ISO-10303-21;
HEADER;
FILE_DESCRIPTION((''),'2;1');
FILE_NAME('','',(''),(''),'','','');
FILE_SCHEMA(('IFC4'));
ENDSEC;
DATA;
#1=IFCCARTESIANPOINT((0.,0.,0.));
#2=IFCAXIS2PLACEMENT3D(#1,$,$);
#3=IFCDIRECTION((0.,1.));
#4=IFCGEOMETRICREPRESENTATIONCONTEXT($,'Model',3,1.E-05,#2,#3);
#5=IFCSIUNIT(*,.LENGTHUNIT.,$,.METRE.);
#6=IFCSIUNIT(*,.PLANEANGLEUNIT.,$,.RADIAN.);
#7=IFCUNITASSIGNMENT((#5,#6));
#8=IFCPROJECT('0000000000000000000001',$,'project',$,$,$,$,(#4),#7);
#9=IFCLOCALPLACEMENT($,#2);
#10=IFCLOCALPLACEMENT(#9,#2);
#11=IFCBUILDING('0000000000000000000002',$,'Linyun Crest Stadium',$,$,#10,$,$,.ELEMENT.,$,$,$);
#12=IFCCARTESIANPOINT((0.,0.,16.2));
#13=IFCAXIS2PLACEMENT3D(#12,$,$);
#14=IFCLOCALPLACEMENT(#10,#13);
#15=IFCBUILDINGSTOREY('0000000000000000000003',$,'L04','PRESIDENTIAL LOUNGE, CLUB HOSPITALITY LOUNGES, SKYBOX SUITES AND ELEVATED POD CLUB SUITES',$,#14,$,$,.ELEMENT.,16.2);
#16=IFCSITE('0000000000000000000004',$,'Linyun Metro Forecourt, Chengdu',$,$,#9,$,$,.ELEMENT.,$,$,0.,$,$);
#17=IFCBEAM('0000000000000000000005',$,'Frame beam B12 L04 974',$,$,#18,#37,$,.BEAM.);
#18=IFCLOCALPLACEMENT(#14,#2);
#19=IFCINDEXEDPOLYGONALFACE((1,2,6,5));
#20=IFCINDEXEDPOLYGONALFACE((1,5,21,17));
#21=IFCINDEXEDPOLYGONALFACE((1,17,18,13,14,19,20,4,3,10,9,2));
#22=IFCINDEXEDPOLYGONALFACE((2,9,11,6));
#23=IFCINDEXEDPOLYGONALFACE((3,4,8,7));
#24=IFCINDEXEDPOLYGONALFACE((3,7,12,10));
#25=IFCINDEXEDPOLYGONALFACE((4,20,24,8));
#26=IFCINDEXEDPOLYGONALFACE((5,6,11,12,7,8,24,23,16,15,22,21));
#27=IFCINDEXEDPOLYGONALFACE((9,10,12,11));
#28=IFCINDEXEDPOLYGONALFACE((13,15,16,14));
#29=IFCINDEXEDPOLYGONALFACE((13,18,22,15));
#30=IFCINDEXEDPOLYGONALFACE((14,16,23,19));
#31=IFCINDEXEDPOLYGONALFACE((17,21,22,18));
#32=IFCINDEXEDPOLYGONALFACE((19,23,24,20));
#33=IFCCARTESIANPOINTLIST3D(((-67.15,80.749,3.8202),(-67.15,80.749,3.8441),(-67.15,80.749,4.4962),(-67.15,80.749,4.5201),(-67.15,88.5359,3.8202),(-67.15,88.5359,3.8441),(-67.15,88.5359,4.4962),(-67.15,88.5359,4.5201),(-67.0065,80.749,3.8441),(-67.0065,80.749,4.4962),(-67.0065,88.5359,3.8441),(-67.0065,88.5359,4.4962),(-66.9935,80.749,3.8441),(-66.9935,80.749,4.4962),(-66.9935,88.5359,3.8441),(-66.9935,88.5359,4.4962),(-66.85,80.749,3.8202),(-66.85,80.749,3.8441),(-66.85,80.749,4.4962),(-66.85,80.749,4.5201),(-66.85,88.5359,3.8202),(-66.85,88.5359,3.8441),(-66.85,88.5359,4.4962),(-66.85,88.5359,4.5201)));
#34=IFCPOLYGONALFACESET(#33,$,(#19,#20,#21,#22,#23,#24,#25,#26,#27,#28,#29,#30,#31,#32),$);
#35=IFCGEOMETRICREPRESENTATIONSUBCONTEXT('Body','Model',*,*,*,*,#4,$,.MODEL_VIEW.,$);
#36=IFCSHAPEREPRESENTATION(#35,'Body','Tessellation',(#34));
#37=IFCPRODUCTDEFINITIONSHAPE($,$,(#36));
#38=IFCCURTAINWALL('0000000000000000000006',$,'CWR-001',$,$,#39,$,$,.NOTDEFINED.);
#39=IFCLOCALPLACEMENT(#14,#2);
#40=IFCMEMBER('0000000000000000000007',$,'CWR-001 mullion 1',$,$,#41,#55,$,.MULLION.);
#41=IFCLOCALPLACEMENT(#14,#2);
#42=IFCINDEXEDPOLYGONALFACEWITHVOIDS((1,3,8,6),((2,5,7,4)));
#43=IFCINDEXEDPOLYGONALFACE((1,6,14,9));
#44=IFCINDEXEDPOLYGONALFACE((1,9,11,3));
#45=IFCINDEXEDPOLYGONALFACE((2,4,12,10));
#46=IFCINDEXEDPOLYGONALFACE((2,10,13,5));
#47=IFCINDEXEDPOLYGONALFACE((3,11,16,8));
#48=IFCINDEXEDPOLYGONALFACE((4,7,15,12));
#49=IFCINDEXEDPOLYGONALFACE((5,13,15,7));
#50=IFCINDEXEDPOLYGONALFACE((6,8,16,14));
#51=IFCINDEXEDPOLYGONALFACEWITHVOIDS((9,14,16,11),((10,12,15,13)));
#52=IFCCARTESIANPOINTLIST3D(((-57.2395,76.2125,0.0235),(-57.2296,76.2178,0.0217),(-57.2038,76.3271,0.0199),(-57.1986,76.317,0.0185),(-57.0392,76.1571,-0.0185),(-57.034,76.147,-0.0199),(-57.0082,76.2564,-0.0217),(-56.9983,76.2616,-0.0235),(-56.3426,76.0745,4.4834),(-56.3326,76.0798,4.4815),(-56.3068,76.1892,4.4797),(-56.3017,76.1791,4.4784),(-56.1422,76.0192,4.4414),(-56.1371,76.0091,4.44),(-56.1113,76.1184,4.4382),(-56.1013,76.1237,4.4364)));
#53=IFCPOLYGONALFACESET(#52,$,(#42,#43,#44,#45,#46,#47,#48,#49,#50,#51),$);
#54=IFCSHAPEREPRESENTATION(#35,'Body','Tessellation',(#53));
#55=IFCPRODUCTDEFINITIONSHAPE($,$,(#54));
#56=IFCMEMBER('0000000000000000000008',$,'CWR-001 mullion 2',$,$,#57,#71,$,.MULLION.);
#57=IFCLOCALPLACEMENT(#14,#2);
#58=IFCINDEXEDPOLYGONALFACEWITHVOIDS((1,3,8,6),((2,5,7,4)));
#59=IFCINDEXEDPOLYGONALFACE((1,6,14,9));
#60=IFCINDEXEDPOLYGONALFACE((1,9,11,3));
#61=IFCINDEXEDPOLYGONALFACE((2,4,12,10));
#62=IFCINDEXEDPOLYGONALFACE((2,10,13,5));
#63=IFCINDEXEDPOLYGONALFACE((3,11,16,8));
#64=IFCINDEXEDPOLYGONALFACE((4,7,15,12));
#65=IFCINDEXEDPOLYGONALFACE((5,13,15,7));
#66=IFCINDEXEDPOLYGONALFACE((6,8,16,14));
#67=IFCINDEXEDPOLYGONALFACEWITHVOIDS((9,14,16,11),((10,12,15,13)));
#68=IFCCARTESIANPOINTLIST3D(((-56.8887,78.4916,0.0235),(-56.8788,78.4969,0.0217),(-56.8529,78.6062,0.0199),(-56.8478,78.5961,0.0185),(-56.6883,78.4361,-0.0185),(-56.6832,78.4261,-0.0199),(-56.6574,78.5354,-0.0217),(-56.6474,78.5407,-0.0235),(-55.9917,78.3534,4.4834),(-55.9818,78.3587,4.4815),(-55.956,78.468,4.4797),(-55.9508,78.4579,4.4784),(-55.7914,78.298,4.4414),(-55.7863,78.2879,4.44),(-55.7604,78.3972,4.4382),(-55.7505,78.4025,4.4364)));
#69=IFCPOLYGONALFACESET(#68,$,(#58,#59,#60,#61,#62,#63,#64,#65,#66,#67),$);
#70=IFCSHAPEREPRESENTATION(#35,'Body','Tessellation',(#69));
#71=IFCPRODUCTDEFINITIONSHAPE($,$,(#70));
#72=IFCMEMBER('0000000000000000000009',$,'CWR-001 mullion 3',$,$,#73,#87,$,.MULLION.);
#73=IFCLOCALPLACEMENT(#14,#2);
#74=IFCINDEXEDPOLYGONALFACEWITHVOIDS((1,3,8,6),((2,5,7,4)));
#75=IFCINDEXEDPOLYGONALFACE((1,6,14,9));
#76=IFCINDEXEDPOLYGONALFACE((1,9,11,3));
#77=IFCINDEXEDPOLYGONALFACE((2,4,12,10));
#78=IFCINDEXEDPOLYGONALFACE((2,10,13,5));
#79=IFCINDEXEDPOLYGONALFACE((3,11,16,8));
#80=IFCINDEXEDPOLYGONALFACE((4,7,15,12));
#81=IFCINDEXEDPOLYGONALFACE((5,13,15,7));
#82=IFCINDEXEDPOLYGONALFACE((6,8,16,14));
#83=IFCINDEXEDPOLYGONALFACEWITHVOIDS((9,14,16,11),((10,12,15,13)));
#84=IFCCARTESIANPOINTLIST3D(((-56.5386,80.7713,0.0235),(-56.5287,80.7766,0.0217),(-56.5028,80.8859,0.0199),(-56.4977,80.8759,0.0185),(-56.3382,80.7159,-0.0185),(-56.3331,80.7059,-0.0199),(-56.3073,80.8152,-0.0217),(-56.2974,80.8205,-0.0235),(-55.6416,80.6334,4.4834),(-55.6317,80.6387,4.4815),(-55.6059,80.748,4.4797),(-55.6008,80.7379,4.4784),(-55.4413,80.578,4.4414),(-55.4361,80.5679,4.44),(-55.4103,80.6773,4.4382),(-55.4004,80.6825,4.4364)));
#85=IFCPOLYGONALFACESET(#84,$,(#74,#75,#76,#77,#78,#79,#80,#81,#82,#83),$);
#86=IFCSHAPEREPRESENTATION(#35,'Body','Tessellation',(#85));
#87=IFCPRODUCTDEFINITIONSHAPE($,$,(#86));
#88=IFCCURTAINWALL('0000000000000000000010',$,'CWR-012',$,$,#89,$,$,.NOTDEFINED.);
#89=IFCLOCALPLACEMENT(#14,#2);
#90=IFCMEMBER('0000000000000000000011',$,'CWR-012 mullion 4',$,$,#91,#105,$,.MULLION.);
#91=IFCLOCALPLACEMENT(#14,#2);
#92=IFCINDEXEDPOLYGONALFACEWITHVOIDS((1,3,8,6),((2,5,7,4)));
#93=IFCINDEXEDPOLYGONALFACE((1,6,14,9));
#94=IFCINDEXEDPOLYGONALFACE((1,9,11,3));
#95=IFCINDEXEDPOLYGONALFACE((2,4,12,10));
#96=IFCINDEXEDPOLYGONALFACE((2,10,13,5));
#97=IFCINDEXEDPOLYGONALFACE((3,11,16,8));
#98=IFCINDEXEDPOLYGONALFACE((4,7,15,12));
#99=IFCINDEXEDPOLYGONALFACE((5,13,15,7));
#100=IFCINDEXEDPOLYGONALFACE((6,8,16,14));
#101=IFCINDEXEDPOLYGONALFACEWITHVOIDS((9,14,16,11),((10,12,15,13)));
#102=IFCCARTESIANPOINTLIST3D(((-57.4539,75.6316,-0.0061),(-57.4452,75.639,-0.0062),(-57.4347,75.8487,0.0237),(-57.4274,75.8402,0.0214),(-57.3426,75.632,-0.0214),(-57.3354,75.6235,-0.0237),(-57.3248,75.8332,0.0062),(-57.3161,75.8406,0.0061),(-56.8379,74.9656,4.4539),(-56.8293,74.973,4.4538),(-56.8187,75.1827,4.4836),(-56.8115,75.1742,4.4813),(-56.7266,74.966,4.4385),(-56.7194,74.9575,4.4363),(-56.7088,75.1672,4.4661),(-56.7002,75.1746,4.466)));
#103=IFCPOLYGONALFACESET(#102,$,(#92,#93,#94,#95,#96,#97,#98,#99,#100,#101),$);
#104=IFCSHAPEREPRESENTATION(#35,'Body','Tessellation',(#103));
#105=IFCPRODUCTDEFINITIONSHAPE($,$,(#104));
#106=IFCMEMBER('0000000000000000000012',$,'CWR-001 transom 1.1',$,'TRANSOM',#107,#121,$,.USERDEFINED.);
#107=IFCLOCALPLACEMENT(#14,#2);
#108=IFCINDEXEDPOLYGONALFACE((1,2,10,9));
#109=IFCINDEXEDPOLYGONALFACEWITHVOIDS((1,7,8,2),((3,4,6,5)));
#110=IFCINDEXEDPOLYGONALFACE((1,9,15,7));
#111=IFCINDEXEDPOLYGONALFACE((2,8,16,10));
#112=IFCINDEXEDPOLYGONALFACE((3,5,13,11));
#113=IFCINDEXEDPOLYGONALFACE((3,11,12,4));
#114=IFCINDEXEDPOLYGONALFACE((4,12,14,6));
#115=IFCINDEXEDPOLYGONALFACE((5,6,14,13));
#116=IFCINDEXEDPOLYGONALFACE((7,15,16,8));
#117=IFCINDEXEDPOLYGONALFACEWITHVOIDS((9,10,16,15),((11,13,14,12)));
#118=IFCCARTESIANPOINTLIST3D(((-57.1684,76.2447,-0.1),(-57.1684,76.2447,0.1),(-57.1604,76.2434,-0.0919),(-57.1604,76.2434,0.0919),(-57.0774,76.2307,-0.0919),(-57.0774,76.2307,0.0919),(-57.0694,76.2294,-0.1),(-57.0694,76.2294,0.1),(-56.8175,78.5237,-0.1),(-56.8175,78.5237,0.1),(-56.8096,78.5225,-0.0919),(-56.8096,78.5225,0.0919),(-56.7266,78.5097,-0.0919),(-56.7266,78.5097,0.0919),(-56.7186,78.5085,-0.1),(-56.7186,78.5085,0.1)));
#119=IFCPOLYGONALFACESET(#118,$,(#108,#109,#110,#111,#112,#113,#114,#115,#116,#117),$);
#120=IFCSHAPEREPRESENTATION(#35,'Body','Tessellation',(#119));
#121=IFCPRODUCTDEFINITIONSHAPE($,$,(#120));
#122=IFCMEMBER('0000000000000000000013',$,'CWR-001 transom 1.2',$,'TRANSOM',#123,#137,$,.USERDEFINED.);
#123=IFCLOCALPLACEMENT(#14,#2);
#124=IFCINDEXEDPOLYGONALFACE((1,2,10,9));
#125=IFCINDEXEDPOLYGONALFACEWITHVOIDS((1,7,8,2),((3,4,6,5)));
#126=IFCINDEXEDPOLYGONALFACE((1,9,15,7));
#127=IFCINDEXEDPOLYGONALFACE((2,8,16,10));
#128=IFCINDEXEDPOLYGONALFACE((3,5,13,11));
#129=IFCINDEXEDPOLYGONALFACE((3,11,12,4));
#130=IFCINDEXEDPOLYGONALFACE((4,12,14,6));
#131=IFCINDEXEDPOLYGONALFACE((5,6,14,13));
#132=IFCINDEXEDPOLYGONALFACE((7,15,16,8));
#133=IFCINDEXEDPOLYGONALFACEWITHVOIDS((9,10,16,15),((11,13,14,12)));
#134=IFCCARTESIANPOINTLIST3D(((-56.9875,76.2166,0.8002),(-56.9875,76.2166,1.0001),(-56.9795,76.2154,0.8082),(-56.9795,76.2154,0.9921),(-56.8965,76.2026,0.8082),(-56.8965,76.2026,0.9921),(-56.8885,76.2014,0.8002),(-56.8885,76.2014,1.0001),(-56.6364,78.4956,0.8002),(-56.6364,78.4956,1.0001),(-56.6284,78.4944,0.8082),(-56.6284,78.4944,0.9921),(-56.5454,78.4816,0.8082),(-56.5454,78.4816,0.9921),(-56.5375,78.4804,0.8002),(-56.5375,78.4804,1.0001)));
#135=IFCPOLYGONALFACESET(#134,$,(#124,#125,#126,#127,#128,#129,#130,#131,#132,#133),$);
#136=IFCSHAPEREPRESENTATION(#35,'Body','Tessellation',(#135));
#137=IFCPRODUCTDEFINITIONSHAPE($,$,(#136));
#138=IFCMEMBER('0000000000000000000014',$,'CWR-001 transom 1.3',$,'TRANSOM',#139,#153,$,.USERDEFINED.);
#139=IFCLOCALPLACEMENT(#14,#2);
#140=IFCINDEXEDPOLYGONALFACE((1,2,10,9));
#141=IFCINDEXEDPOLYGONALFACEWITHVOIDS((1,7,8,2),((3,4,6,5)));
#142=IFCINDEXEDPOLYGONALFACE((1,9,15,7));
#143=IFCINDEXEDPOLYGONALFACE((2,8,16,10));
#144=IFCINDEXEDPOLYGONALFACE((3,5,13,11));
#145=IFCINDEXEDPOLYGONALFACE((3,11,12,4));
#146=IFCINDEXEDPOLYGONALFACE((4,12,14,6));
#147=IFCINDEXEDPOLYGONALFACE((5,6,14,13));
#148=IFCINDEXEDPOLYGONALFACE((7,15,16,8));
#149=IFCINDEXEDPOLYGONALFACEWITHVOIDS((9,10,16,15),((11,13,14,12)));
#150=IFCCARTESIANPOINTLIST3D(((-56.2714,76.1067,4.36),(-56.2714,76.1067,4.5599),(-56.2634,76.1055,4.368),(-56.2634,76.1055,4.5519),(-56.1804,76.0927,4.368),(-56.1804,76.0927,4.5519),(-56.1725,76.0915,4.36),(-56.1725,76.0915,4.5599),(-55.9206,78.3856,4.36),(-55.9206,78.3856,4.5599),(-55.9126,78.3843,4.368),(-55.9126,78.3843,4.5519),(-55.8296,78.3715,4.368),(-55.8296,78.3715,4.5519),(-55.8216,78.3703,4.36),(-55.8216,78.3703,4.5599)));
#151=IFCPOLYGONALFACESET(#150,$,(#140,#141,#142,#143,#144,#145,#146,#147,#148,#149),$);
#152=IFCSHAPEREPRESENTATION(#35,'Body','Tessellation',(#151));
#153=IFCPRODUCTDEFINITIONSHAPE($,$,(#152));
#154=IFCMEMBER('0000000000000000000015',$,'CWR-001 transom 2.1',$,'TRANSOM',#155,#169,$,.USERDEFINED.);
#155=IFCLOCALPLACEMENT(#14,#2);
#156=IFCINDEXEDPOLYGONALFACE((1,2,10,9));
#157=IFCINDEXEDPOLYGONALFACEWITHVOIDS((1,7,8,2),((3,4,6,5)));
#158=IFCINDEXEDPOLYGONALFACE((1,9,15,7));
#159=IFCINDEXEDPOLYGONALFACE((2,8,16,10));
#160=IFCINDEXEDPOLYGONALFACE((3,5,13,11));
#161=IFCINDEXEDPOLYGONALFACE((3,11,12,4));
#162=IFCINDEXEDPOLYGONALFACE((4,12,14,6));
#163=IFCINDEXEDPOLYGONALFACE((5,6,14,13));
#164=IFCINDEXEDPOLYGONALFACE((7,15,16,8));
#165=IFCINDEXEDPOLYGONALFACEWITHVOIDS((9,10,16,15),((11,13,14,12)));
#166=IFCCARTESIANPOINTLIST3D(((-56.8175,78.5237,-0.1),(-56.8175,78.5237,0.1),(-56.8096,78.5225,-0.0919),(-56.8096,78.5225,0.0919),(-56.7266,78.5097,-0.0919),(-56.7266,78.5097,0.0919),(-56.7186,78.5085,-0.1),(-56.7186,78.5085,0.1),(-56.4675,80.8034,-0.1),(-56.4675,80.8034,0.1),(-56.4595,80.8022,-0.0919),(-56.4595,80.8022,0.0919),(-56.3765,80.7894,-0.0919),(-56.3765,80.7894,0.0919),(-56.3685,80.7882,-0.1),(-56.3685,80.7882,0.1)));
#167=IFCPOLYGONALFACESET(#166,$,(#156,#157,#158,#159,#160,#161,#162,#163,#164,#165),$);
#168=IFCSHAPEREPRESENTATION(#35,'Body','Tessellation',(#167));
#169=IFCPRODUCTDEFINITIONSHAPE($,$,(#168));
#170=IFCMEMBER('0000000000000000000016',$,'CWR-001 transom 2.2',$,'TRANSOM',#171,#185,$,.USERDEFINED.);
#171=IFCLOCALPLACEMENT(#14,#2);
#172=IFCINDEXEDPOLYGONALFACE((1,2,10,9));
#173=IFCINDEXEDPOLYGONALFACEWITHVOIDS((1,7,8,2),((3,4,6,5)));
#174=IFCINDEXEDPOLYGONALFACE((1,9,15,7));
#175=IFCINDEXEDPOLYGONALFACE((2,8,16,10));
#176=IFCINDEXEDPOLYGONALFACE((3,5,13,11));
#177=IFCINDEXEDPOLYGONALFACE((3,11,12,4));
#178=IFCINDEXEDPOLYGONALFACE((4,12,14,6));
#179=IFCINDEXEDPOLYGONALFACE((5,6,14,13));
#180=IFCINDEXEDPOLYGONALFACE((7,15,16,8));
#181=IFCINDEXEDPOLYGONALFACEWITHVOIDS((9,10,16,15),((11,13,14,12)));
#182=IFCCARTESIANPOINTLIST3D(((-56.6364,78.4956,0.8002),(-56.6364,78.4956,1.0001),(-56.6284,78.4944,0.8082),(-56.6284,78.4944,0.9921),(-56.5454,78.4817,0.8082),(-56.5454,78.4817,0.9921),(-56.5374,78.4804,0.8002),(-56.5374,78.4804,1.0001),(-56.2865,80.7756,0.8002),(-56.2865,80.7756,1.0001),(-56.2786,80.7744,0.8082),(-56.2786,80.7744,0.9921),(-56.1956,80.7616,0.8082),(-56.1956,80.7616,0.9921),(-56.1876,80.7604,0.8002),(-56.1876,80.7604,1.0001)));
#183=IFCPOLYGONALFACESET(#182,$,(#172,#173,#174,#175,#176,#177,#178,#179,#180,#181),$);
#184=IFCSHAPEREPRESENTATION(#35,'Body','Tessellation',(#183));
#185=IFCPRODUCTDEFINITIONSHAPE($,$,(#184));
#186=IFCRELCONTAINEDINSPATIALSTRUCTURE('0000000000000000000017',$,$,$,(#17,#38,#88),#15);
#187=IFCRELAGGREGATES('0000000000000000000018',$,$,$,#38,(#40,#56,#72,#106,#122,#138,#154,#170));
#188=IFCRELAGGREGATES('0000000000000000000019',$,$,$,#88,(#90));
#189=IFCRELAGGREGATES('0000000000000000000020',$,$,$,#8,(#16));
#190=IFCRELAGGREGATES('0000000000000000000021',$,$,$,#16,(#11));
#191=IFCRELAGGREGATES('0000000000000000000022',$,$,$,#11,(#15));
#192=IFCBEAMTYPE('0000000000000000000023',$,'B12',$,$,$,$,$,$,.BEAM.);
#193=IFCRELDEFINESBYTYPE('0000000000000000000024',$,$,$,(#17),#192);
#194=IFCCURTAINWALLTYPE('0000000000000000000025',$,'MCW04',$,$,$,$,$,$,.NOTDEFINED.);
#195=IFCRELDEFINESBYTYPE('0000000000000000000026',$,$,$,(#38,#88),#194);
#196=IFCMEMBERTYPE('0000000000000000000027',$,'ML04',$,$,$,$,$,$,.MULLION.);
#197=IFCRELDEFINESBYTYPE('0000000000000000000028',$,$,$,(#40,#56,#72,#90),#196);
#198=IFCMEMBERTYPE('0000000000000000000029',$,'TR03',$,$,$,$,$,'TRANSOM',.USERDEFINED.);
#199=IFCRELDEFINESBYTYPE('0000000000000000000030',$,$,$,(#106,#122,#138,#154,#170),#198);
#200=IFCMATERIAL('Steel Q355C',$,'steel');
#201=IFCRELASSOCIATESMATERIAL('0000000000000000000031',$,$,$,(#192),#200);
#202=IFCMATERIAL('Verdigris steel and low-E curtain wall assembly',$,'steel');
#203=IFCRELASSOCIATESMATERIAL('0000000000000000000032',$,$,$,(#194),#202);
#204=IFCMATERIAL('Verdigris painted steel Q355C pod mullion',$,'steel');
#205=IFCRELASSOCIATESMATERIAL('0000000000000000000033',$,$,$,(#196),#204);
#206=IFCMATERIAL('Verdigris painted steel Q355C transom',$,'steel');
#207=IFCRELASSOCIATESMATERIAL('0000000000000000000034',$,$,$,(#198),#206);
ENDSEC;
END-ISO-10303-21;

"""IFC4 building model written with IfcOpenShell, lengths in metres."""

from ifc_helpers import new_model, si_unit, direction, frame, origin, origin_2d, place, context, subcontext, project, spatial, hollow_rectangle, i_section, extrude, material, material_profile, profile_set, type_object, element, aggregate, save


model = new_model("IFC4")

# Units and contexts
model_context = context("Model", 3, precision=1e-05, world=origin(), true_north=direction((0.0, 1.0)))
body_context = subcontext(model_context, "Body", "Model", "MODEL_VIEW")
ifc_project = project(units=[si_unit("LENGTHUNIT", "METRE"), si_unit("PLANEANGLEUNIT", "RADIAN")], contexts=[model_context])

# Site, building, storey
site_placement = place(None, origin())
site = spatial("IfcSite", under=ifc_project, at=site_placement, Name="Linyun Metro Forecourt, Chengdu", CompositionType="ELEMENT", RefElevation=0.0)
building_placement = place(site_placement, origin())
building = spatial("IfcBuilding", under=site, at=building_placement, Name="Linyun Crest Stadium", CompositionType="ELEMENT")
storey_placement = place(building_placement, frame((0.0, 0.0, 16.2)))
storey = spatial("IfcBuildingStorey", under=building, at=storey_placement, Name="L04", Description="PRESIDENTIAL LOUNGE, CLUB HOSPITALITY LOUNGES, SKYBOX SUITES AND ELEVATED POD CLUB SUITES", CompositionType="ELEMENT", Elevation=16.2)

# Beam
ifc_material_1 = material(Name="Steel Q355C", Category="steel")
ifc_material_profile_1 = material_profile(ifc_material_1, i_section(OverallWidth=0.3, OverallDepth=0.7, WebThickness=0.0129, FlangeThickness=0.0239, at=origin_2d()), Name="HN 700x300")
ifc_profile_set_1 = profile_set([ifc_material_profile_1], Name="Steel Q355C")
beam_type_1 = type_object("IfcBeamType", Name="B12", PredefinedType="BEAM", material=ifc_profile_set_1)
beam_1_placement = place(storey_placement, frame((-67.0, 80.749, 4.1702), z_axis=(0.0, 1.0, 0.0), x_axis=(-1.0, 0.0, 0.0)))
element("IfcBeam", 1, at=beam_1_placement, inside=storey, type_object=beam_type_1, Name="Frame beam B12 L04 974", PredefinedType="BEAM", context=body_context, shape_type="SweptSolid", body=[
    extrude(i_section(OverallWidth=0.3, OverallDepth=0.7, WebThickness=0.0129, FlangeThickness=0.0239, at=origin_2d()), origin(), (0.0, 0.0, 1.0), 7.7869),
])

# Curtain wall, members
ifc_material_2 = material(Name="Verdigris steel and low-E curtain wall assembly", Category="steel")
curtain_wall_type = type_object("IfcCurtainWallType", Name="MCW04", PredefinedType="NOTDEFINED", material=ifc_material_2)
curtain_wall_1_placement = place(storey_placement, origin())
curtain_wall_1 = element("IfcCurtainWall", 2, at=curtain_wall_1_placement, inside=storey, type_object=curtain_wall_type, Name="CWR-001", PredefinedType="NOTDEFINED")
ifc_material_3 = material(Name="Verdigris painted steel Q355C pod mullion", Category="steel")
ifc_material_profile_2 = material_profile(ifc_material_3, hollow_rectangle(XDim=0.1201, YDim=0.22, WallThickness=0.0081, at=origin_2d()), Name="RHS 220x120x8")
ifc_profile_set_2 = profile_set([ifc_material_profile_2], Name="Verdigris painted steel Q355C pod mullion")
member_type_1 = type_object("IfcMemberType", Name="ML04", PredefinedType="MULLION", material=ifc_profile_set_2)
member_1_placement = place(storey_placement, frame((-57.1189, 76.2371, 0.0), z_axis=(0.197078, -0.030307, 0.979919), x_axis=(-0.297564, -0.95422, 0.030333)))
member_1 = element("IfcMember", 3, at=member_1_placement, type_object=member_type_1, Name="CWR-001 mullion 1", PredefinedType="MULLION", context=body_context, shape_type="SweptSolid", body=[
    extrude(hollow_rectangle(XDim=0.1201, YDim=0.22, WallThickness=0.0081, at=origin_2d()), origin(), (0.0, 0.0, 1.0), 4.5513),
])
member_2_placement = place(storey_placement, frame((-56.7681, 78.5161, 0.0), z_axis=(0.197078, -0.030361, 0.979918), x_axis=(-0.297818, -0.954141, 0.030334)))
member_2 = element("IfcMember", 4, at=member_2_placement, type_object=member_type_1, Name="CWR-001 mullion 2", PredefinedType="MULLION", context=body_context, shape_type="SweptSolid", body=[
    extrude(hollow_rectangle(XDim=0.1201, YDim=0.22, WallThickness=0.0081, at=origin_2d()), origin(), (0.0, 0.0, 1.0), 4.5513),
])
member_3_placement = place(storey_placement, frame((-56.418, 80.7959, 0.0), z_axis=(0.197078, -0.030307, 0.979919), x_axis=(-0.297564, -0.95422, 0.030333)))
member_3 = element("IfcMember", 5, at=member_3_placement, type_object=member_type_1, Name="CWR-001 mullion 3", PredefinedType="MULLION", context=body_context, shape_type="SweptSolid", body=[
    extrude(hollow_rectangle(XDim=0.1201, YDim=0.22, WallThickness=0.0081, at=origin_2d()), origin(), (0.0, 0.0, 1.0), 4.5513),
])

# Curtain wall, member
curtain_wall_2_placement = place(storey_placement, origin())
curtain_wall_2 = element("IfcCurtainWall", 6, at=curtain_wall_2_placement, inside=storey, type_object=curtain_wall_type, Name="CWR-012", PredefinedType="NOTDEFINED")
member_4_placement = place(storey_placement, frame((-57.385, 75.7361, 0.0), z_axis=(0.135339, -0.146336, 0.979933), x_axis=(-0.986932, 0.067392, 0.146369)))
member_4 = element("IfcMember", 7, at=member_4_placement, type_object=member_type_1, Name="CWR-012 mullion 4", PredefinedType="MULLION", context=body_context, shape_type="SweptSolid", body=[
    extrude(hollow_rectangle(XDim=0.1201, YDim=0.22, WallThickness=0.0081, at=origin_2d()), origin(), (0.0, 0.0, 1.0), 4.5513),
])

# Members
ifc_material_4 = material(Name="Verdigris painted steel Q355C transom", Category="steel")
ifc_material_profile_3 = material_profile(ifc_material_4, hollow_rectangle(XDim=0.1001, YDim=0.2, WallThickness=0.0081, at=origin_2d()), Name="RHS 200x100x8")
ifc_profile_set_3 = profile_set([ifc_material_profile_3], Name="Verdigris painted steel Q355C transom")
member_type_2 = type_object("IfcMemberType", Name="TR03", ElementType="TRANSOM", PredefinedType="USERDEFINED", material=ifc_profile_set_3)
member_5_placement = place(storey_placement, frame((-57.1189, 76.2371, 0.0), z_axis=(0.152145, 0.988358, 0.0), x_axis=(-0.988358, 0.152145, 0.0)))
member_5 = element("IfcMember", 8, at=member_5_placement, type_object=member_type_2, Name="CWR-001 transom 1.1", ObjectType="TRANSOM", PredefinedType="USERDEFINED", context=body_context, shape_type="SweptSolid", body=[
    extrude(hollow_rectangle(XDim=0.1001, YDim=0.2, WallThickness=0.0081, at=origin_2d()), origin(), (0.0, 0.0, 1.0), 2.3059),
])
member_6_placement = place(storey_placement, frame((-56.938, 76.209, 0.9001), z_axis=(0.152248, 0.988342, 0.0), x_axis=(-0.988342, 0.152248, 0.0)))
member_6 = element("IfcMember", 9, at=member_6_placement, type_object=member_type_2, Name="CWR-001 transom 1.2", ObjectType="TRANSOM", PredefinedType="USERDEFINED", context=body_context, shape_type="SweptSolid", body=[
    extrude(hollow_rectangle(XDim=0.1001, YDim=0.2, WallThickness=0.0081, at=origin_2d()), origin(), (0.0, 0.0, 1.0), 2.3059),
])
member_7_placement = place(storey_placement, frame((-56.2219, 76.0991, 4.46), z_axis=(0.152161, 0.988356, 0.0), x_axis=(-0.988356, 0.152161, 0.0)))
member_7 = element("IfcMember", 10, at=member_7_placement, type_object=member_type_2, Name="CWR-001 transom 1.3", ObjectType="TRANSOM", PredefinedType="USERDEFINED", context=body_context, shape_type="SweptSolid", body=[
    extrude(hollow_rectangle(XDim=0.1001, YDim=0.2, WallThickness=0.0081, at=origin_2d()), origin(), (0.0, 0.0, 1.0), 2.3057),
])
member_8_placement = place(storey_placement, frame((-56.7681, 78.5161, 0.0), z_axis=(0.151787, 0.988413, 0.0), x_axis=(-0.988413, 0.151787, 0.0)))
member_8 = element("IfcMember", 11, at=member_8_placement, type_object=member_type_2, Name="CWR-001 transom 2.1", ObjectType="TRANSOM", PredefinedType="USERDEFINED", context=body_context, shape_type="SweptSolid", body=[
    extrude(hollow_rectangle(XDim=0.1001, YDim=0.2, WallThickness=0.0081, at=origin_2d()), origin(), (0.0, 0.0, 1.0), 2.3064),
])
member_9_placement = place(storey_placement, frame((-56.5869, 78.488, 0.9001), z_axis=(0.151667, 0.988432, 0.0), x_axis=(-0.988432, 0.151667, 0.0)))
member_9 = element("IfcMember", 12, at=member_9_placement, type_object=member_type_2, Name="CWR-001 transom 2.2", ObjectType="TRANSOM", PredefinedType="USERDEFINED", context=body_context, shape_type="SweptSolid", body=[
    extrude(hollow_rectangle(XDim=0.1001, YDim=0.2, WallThickness=0.0081, at=origin_2d()), origin(), (0.0, 0.0, 1.0), 2.3066),
])

aggregate(curtain_wall_1, [member_1, member_2, member_3, member_5, member_6, member_7, member_8, member_9])
aggregate(curtain_wall_2, [member_4])

save(model, "model.ifc")
